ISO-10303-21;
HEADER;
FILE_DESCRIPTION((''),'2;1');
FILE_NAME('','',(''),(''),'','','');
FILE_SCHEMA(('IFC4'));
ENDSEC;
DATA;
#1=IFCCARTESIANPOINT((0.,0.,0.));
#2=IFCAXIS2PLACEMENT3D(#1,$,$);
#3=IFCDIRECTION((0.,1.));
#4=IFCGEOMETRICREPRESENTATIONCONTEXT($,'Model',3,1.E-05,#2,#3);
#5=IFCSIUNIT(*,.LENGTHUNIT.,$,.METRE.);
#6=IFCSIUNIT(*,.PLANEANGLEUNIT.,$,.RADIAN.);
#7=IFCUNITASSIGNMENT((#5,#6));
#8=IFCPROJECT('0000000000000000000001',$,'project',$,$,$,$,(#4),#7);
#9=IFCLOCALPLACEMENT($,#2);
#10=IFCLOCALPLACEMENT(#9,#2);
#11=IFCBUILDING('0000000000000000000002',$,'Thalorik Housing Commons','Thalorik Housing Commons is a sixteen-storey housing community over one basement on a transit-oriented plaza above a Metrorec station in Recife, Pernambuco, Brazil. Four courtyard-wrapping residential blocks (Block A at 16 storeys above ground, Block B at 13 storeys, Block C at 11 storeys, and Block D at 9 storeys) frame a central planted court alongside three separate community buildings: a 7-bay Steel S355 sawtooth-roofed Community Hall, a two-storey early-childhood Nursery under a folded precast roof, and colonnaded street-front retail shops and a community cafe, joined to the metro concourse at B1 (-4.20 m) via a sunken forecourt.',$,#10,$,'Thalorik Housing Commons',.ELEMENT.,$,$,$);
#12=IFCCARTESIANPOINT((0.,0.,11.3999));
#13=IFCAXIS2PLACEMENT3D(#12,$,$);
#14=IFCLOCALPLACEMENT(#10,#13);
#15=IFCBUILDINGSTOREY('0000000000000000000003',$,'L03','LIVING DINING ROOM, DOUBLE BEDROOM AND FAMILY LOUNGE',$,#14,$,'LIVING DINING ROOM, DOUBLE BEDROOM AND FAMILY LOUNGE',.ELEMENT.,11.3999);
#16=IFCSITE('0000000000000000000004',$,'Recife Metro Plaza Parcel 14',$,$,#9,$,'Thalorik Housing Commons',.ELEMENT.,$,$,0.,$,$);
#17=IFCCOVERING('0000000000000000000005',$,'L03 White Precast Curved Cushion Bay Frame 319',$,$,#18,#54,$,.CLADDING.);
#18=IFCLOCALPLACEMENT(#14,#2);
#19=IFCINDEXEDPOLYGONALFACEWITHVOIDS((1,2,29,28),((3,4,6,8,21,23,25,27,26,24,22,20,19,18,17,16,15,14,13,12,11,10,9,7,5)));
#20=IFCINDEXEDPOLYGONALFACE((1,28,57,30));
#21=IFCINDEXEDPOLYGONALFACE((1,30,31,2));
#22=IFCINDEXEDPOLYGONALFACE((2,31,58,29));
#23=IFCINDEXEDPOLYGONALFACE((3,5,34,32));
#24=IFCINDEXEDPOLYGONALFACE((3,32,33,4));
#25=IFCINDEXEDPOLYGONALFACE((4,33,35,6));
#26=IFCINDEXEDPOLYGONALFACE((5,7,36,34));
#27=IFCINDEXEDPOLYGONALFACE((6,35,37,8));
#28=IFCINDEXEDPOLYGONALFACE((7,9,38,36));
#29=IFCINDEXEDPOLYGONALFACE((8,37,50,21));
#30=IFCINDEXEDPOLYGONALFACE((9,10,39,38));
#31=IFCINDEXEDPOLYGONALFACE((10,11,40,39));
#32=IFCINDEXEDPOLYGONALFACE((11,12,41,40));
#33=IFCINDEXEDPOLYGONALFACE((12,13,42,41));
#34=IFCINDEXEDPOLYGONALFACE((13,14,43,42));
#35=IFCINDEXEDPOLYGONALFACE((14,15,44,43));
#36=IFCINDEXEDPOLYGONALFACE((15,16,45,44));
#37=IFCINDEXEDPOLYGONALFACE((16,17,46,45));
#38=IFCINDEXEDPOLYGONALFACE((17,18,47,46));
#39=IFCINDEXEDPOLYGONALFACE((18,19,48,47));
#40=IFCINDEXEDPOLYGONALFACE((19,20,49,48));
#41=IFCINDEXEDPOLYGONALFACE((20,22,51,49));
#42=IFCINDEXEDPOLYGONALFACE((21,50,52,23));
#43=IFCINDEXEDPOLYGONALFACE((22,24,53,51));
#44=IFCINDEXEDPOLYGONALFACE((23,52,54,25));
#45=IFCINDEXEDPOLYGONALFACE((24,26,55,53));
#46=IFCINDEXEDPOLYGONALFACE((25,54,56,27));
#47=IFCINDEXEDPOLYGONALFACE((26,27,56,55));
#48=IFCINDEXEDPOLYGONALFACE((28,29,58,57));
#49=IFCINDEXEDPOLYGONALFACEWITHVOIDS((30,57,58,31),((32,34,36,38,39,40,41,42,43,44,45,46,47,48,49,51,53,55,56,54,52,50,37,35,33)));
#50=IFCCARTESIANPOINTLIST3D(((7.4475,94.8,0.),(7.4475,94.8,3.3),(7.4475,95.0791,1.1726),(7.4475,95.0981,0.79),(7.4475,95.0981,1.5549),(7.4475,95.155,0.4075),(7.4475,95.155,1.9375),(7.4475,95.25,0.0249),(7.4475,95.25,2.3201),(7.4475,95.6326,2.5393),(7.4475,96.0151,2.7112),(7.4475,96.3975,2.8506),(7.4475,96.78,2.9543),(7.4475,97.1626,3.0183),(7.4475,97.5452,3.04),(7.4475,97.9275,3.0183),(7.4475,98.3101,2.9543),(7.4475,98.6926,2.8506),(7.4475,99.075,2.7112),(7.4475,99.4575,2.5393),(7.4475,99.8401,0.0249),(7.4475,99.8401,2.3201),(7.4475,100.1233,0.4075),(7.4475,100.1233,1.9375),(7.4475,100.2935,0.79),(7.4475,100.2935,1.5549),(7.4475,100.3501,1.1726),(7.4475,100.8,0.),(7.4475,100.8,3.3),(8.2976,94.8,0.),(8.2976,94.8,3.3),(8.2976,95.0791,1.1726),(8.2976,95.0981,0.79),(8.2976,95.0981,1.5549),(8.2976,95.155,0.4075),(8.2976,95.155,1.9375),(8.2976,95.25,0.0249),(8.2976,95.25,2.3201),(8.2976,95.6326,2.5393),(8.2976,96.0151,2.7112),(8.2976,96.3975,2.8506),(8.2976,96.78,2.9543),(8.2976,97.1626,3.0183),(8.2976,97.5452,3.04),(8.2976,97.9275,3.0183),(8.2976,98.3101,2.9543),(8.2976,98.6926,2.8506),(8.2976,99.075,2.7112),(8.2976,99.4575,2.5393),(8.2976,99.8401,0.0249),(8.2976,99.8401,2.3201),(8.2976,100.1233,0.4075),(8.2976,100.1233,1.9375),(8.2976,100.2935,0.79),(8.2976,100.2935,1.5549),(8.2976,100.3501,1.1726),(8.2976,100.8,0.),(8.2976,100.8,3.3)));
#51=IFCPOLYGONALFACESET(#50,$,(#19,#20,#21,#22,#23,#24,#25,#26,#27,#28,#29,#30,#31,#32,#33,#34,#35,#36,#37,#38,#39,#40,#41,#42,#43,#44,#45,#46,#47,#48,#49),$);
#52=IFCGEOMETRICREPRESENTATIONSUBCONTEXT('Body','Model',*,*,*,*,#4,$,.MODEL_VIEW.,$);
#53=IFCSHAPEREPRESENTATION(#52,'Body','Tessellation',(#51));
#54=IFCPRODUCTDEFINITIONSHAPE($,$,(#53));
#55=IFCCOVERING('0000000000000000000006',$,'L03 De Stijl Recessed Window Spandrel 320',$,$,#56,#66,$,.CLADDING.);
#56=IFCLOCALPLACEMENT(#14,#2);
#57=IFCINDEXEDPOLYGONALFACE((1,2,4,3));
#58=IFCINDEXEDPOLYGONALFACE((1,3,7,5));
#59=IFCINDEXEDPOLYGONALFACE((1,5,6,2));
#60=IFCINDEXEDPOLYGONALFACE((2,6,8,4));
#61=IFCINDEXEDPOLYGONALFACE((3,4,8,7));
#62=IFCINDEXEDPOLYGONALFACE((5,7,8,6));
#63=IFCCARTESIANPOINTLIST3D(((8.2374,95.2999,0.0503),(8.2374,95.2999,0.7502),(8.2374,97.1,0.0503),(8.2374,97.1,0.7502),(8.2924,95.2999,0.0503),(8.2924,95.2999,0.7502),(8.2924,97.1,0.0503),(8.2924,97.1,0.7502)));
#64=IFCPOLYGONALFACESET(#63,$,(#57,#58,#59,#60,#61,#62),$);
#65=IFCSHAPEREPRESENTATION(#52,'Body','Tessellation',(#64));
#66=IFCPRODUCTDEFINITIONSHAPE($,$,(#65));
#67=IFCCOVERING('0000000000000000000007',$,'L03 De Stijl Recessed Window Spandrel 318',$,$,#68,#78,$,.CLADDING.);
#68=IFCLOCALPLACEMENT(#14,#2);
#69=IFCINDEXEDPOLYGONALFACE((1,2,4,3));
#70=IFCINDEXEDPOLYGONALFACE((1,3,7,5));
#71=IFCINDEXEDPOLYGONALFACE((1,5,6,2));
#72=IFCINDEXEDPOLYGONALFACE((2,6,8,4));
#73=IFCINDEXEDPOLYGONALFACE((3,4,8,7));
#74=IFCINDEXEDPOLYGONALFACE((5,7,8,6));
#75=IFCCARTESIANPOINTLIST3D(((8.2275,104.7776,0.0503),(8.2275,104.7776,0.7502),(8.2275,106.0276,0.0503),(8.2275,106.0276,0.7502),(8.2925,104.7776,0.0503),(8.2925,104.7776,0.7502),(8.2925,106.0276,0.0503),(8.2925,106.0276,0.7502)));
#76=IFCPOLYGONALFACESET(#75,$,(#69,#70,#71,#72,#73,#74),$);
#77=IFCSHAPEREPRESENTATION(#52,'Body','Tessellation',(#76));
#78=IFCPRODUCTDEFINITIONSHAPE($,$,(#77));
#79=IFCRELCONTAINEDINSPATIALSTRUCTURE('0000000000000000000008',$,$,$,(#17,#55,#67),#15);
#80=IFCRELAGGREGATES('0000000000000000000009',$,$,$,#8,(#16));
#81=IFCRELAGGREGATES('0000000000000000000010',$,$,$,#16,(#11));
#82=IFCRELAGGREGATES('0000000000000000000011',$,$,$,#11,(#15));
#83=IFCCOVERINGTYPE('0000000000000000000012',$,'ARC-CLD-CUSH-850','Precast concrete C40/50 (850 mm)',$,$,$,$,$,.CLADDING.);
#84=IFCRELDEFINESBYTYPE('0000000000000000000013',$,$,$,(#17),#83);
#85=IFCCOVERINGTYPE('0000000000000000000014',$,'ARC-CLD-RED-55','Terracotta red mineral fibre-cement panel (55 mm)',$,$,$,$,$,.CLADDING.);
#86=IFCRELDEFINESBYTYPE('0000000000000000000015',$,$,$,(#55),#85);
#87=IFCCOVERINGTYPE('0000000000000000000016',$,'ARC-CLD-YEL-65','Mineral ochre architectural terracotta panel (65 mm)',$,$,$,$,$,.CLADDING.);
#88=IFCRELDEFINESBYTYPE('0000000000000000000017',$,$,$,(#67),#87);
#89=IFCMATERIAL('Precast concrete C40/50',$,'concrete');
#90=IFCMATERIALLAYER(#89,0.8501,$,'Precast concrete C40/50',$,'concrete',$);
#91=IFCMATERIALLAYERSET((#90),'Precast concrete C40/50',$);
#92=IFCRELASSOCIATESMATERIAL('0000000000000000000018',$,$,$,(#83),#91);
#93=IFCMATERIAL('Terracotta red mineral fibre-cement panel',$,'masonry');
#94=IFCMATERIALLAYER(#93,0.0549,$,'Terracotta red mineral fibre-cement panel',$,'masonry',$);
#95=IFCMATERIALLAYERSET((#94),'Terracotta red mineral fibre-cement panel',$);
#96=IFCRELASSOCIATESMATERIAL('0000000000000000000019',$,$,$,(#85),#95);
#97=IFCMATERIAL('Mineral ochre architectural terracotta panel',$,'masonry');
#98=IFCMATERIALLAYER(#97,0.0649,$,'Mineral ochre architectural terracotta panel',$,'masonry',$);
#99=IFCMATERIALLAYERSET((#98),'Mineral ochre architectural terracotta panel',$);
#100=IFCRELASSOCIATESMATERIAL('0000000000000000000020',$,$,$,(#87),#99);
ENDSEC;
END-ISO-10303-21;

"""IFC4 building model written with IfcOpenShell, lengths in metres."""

from ifc_helpers import new_model, si_unit, direction, frame, origin, origin_2d, place, context, subcontext, project, spatial, polyline, rectangle, outline, extrude, material, layer, layer_set, type_object, element, save


model = new_model("IFC4")

# Units and contexts
model_context = context("Model", 3, precision=1e-05, world=origin(), true_north=direction((0.0, 1.0)))
body_context = subcontext(model_context, "Body", "Model", "MODEL_VIEW")
ifc_project = project(units=[si_unit("LENGTHUNIT", "METRE"), si_unit("PLANEANGLEUNIT", "RADIAN")], contexts=[model_context])

# Site, building, storey
site_placement = place(None, origin())
site = spatial("IfcSite", under=ifc_project, at=site_placement, Name="Recife Metro Plaza Parcel 14", LongName="Thalorik Housing Commons", CompositionType="ELEMENT", RefElevation=0.0)
building_placement = place(site_placement, origin())
building = spatial("IfcBuilding", under=site, at=building_placement, Name="Thalorik Housing Commons", Description="Thalorik Housing Commons is a sixteen-storey housing community over one basement on a transit-oriented plaza above a Metrorec station in Recife, Pernambuco, Brazil. Four courtyard-wrapping residential blocks (Block A at 16 storeys above ground, Block B at 13 storeys, Block C at 11 storeys, and Block D at 9 storeys) frame a central planted court alongside three separate community buildings: a 7-bay Steel S355 sawtooth-roofed Community Hall, a two-storey early-childhood Nursery under a folded precast roof, and colonnaded street-front retail shops and a community cafe, joined to the metro concourse at B1 (-4.20 m) via a sunken forecourt.", LongName="Thalorik Housing Commons", CompositionType="ELEMENT")
storey_placement = place(building_placement, frame((0.0, 0.0, 11.3999)))
storey = spatial("IfcBuildingStorey", under=building, at=storey_placement, Name="L03", Description="LIVING DINING ROOM, DOUBLE BEDROOM AND FAMILY LOUNGE", LongName="LIVING DINING ROOM, DOUBLE BEDROOM AND FAMILY LOUNGE", CompositionType="ELEMENT", Elevation=11.3999)

# Shared definitions
ifc_material_1 = material(Name="Precast concrete C40/50", Category="concrete")

# Coverings
ifc_layer_1 = layer(ifc_material_1, 0.8501, Name="Precast concrete C40/50", Category="concrete")
ifc_layer_set_1 = layer_set([ifc_layer_1], Name="Precast concrete C40/50")
covering_type_1 = type_object("IfcCoveringType", Name="ARC-CLD-CUSH-850", Description="Precast concrete C40/50 (850 mm)", PredefinedType="CLADDING", material=ifc_layer_set_1)
covering_1_placement = place(storey_placement, frame((7.8726, 97.8, 0.0), z_axis=(0.0, 0.0, 1.0), x_axis=(0.0, -1.0, 0.0)))
element("IfcCovering", 1, at=covering_1_placement, inside=storey, type_object=covering_type_1, Name="L03 White Precast Curved Cushion Bay Frame 319", PredefinedType="CLADDING", context=body_context, shape_type="SweptSolid", body=[
    extrude(outline(polyline([(-3.0, 0.0), (3.0, 0.0), (3.0, 3.3), (-3.0, 3.3), (-3.0, 0.0)]), holes=[polyline([(2.55, 0.0249), (2.645, 0.4075), (2.7019, 0.79), (2.7209, 1.1726), (2.7019, 1.5549), (2.645, 1.9375), (2.55, 2.3201), (2.1675, 2.5393), (1.7849, 2.7112), (1.4026, 2.8506), (1.02, 2.9543), (0.6375, 3.0183), (0.2549, 3.04), (-0.1274, 3.0183), (-0.51, 2.9543), (-0.8926, 2.8506), (-1.2749, 2.7112), (-1.6575, 2.5393), (-2.04, 2.3201), (-2.3232, 1.9375), (-2.4934, 1.5549), (-2.55, 1.1726), (-2.4934, 0.79), (-2.3232, 0.4075), (-2.04, 0.0249), (2.55, 0.0249)])]), frame((0.0, 0.425, 0.0), z_axis=(0.0, -1.0, 0.0), x_axis=(1.0, 0.0, 0.0)), (0.0, 0.0, 1.0), 0.8501),
])
ifc_material_2 = material(Name="Terracotta red mineral fibre-cement panel", Category="masonry")
ifc_layer_2 = layer(ifc_material_2, 0.0549, Name="Terracotta red mineral fibre-cement panel", Category="masonry")
ifc_layer_set_2 = layer_set([ifc_layer_2], Name="Terracotta red mineral fibre-cement panel")
covering_type_2 = type_object("IfcCoveringType", Name="ARC-CLD-RED-55", Description="Terracotta red mineral fibre-cement panel (55 mm)", PredefinedType="CLADDING", material=ifc_layer_set_2)
covering_2_placement = place(storey_placement, frame((8.2649, 96.2, 0.0503), z_axis=(0.0, 0.0, 1.0), x_axis=(0.0, -1.0, 0.0)))
element("IfcCovering", 2, at=covering_2_placement, inside=storey, type_object=covering_type_2, Name="L03 De Stijl Recessed Window Spandrel 320", PredefinedType="CLADDING", context=body_context, shape_type="SweptSolid", body=[
    extrude(rectangle(XDim=1.8, YDim=0.0549, at=origin_2d()), origin(), (0.0, 0.0, 1.0), 0.7),
])
ifc_material_3 = material(Name="Mineral ochre architectural terracotta panel", Category="masonry")
ifc_layer_3 = layer(ifc_material_3, 0.0649, Name="Mineral ochre architectural terracotta panel", Category="masonry")
ifc_layer_set_3 = layer_set([ifc_layer_3], Name="Mineral ochre architectural terracotta panel")
covering_type_3 = type_object("IfcCoveringType", Name="ARC-CLD-YEL-65", Description="Mineral ochre architectural terracotta panel (65 mm)", PredefinedType="CLADDING", material=ifc_layer_set_3)
covering_3_placement = place(storey_placement, frame((8.26, 105.4026, 0.0503), z_axis=(0.0, 0.0, 1.0), x_axis=(0.0, -1.0, 0.0)))
element("IfcCovering", 3, at=covering_3_placement, inside=storey, type_object=covering_type_3, Name="L03 De Stijl Recessed Window Spandrel 318", PredefinedType="CLADDING", context=body_context, shape_type="SweptSolid", body=[
    extrude(rectangle(XDim=1.25, YDim=0.0649, at=origin_2d()), origin(), (0.0, 0.0, 1.0), 0.7),
])

save(model, "model.ifc")
